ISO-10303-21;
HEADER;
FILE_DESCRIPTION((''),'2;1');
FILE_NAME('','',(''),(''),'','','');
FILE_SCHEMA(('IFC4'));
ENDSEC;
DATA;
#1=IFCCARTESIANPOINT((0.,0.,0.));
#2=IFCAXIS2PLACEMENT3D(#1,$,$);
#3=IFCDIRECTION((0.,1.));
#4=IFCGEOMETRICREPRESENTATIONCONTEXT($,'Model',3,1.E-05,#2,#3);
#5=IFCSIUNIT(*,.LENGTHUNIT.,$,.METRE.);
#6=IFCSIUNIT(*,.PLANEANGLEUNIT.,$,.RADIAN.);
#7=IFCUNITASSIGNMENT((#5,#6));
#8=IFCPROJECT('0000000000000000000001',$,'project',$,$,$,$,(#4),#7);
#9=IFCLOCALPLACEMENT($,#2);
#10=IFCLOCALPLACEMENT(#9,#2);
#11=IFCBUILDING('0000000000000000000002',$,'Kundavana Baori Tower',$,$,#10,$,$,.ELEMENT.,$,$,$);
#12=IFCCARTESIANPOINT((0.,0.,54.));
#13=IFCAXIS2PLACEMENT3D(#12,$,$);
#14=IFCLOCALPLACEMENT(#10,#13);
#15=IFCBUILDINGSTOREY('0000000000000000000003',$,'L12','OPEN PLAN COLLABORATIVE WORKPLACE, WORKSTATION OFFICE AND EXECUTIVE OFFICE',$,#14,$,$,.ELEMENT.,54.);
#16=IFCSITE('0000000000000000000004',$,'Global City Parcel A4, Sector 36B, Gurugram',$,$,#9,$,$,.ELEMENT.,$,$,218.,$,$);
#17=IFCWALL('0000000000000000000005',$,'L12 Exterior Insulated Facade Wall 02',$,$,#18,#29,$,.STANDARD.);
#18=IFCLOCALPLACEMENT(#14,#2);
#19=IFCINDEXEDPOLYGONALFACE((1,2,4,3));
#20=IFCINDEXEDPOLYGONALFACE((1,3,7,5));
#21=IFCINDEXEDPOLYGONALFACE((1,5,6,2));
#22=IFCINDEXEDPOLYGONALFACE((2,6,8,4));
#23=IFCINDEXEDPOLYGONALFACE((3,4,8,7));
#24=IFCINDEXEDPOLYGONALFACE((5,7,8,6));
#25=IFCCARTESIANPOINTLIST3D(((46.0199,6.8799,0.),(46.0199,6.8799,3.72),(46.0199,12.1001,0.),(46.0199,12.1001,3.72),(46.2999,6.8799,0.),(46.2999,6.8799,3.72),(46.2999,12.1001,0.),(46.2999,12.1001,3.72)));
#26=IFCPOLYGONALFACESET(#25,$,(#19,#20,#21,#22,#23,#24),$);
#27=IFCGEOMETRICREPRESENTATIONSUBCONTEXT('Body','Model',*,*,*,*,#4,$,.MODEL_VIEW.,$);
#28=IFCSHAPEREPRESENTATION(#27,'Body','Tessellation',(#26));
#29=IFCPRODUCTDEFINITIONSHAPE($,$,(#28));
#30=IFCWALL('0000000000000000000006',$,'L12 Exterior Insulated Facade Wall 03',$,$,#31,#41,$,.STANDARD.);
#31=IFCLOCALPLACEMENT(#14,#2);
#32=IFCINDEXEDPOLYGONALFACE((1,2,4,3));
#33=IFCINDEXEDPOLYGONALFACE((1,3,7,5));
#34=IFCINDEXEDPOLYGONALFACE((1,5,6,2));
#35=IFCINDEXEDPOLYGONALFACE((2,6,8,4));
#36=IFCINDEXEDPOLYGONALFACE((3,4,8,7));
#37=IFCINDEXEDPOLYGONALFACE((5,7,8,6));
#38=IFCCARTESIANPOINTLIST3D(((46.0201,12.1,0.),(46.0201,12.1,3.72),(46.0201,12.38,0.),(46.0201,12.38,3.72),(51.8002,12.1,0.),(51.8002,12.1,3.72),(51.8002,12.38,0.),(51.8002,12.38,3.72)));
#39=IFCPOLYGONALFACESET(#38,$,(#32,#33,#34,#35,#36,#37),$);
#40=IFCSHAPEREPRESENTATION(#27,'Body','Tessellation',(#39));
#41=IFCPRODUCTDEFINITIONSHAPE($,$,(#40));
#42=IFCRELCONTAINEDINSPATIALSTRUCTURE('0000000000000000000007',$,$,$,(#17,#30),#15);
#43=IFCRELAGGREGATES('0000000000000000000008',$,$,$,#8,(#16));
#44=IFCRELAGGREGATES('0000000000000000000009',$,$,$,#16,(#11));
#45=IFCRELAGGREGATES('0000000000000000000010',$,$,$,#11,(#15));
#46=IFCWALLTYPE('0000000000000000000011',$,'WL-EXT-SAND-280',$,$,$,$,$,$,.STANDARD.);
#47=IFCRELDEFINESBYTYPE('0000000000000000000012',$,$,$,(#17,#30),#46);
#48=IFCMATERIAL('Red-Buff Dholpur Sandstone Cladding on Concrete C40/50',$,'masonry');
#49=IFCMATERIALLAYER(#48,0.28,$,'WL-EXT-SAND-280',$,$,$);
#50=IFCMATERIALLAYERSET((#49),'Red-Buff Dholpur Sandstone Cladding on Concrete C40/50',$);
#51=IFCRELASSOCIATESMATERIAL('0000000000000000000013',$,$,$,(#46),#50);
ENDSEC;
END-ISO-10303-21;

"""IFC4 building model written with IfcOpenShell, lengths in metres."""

from ifc_helpers import new_model, si_unit, direction, frame, frame_2d, origin, place, context, subcontext, project, spatial, rectangle, extrude, material, layer, layer_set, type_object, element, save


model = new_model("IFC4")

# Units and contexts
model_context = context("Model", 3, precision=1e-05, world=origin(), true_north=direction((0.0, 1.0)))
body_context = subcontext(model_context, "Body", "Model", "MODEL_VIEW")
ifc_project = project(units=[si_unit("LENGTHUNIT", "METRE"), si_unit("PLANEANGLEUNIT", "RADIAN")], contexts=[model_context])

# Site, building, storey
site_placement = place(None, origin())
site = spatial("IfcSite", under=ifc_project, at=site_placement, Name="Global City Parcel A4, Sector 36B, Gurugram", CompositionType="ELEMENT", RefElevation=218.0)
building_placement = place(site_placement, origin())
building = spatial("IfcBuilding", under=site, at=building_placement, Name="Kundavana Baori Tower", CompositionType="ELEMENT")
storey_placement = place(building_placement, frame((0.0, 0.0, 54.0)))
storey = spatial("IfcBuildingStorey", under=building, at=storey_placement, Name="L12", Description="OPEN PLAN COLLABORATIVE WORKPLACE, WORKSTATION OFFICE AND EXECUTIVE OFFICE", CompositionType="ELEMENT", Elevation=54.0)

# Walls
ifc_material_1 = material(Name="Red-Buff Dholpur Sandstone Cladding on Concrete C40/50", Category="masonry")
ifc_layer_1 = layer(ifc_material_1, 0.28, Name="WL-EXT-SAND-280")
ifc_layer_set_1 = layer_set([ifc_layer_1], Name="Red-Buff Dholpur Sandstone Cladding on Concrete C40/50")
wall_type_1 = type_object("IfcWallType", Name="WL-EXT-SAND-280", PredefinedType="STANDARD", material=ifc_layer_set_1)
wall_1_placement = place(storey_placement, frame((46.1599, 6.8799, 0.0), z_axis=(0.0, 0.0, 1.0), x_axis=(0.0, 1.0, 0.0)))
element("IfcWall", 1, at=wall_1_placement, inside=storey, type_object=wall_type_1, Name="L12 Exterior Insulated Facade Wall 02", PredefinedType="STANDARD", context=body_context, shape_type="SweptSolid", body=[
    extrude(rectangle(XDim=5.2202, YDim=0.28, at=frame_2d((2.6101, 0.0))), origin(), (0.0, 0.0, 1.0), 3.72),
])
wall_2_placement = place(storey_placement, frame((46.02, 12.24, 0.0), z_axis=(0.0, 0.0, 1.0), x_axis=(1.0, 0.0, 0.0)))
element("IfcWall", 2, at=wall_2_placement, inside=storey, type_object=wall_type_1, Name="L12 Exterior Insulated Facade Wall 03", PredefinedType="STANDARD", context=body_context, shape_type="SweptSolid", body=[
    extrude(rectangle(XDim=5.78, YDim=0.28, at=frame_2d((2.8901, 0.0))), origin(), (0.0, 0.0, 1.0), 3.72),
])

save(model, "model.ifc")
